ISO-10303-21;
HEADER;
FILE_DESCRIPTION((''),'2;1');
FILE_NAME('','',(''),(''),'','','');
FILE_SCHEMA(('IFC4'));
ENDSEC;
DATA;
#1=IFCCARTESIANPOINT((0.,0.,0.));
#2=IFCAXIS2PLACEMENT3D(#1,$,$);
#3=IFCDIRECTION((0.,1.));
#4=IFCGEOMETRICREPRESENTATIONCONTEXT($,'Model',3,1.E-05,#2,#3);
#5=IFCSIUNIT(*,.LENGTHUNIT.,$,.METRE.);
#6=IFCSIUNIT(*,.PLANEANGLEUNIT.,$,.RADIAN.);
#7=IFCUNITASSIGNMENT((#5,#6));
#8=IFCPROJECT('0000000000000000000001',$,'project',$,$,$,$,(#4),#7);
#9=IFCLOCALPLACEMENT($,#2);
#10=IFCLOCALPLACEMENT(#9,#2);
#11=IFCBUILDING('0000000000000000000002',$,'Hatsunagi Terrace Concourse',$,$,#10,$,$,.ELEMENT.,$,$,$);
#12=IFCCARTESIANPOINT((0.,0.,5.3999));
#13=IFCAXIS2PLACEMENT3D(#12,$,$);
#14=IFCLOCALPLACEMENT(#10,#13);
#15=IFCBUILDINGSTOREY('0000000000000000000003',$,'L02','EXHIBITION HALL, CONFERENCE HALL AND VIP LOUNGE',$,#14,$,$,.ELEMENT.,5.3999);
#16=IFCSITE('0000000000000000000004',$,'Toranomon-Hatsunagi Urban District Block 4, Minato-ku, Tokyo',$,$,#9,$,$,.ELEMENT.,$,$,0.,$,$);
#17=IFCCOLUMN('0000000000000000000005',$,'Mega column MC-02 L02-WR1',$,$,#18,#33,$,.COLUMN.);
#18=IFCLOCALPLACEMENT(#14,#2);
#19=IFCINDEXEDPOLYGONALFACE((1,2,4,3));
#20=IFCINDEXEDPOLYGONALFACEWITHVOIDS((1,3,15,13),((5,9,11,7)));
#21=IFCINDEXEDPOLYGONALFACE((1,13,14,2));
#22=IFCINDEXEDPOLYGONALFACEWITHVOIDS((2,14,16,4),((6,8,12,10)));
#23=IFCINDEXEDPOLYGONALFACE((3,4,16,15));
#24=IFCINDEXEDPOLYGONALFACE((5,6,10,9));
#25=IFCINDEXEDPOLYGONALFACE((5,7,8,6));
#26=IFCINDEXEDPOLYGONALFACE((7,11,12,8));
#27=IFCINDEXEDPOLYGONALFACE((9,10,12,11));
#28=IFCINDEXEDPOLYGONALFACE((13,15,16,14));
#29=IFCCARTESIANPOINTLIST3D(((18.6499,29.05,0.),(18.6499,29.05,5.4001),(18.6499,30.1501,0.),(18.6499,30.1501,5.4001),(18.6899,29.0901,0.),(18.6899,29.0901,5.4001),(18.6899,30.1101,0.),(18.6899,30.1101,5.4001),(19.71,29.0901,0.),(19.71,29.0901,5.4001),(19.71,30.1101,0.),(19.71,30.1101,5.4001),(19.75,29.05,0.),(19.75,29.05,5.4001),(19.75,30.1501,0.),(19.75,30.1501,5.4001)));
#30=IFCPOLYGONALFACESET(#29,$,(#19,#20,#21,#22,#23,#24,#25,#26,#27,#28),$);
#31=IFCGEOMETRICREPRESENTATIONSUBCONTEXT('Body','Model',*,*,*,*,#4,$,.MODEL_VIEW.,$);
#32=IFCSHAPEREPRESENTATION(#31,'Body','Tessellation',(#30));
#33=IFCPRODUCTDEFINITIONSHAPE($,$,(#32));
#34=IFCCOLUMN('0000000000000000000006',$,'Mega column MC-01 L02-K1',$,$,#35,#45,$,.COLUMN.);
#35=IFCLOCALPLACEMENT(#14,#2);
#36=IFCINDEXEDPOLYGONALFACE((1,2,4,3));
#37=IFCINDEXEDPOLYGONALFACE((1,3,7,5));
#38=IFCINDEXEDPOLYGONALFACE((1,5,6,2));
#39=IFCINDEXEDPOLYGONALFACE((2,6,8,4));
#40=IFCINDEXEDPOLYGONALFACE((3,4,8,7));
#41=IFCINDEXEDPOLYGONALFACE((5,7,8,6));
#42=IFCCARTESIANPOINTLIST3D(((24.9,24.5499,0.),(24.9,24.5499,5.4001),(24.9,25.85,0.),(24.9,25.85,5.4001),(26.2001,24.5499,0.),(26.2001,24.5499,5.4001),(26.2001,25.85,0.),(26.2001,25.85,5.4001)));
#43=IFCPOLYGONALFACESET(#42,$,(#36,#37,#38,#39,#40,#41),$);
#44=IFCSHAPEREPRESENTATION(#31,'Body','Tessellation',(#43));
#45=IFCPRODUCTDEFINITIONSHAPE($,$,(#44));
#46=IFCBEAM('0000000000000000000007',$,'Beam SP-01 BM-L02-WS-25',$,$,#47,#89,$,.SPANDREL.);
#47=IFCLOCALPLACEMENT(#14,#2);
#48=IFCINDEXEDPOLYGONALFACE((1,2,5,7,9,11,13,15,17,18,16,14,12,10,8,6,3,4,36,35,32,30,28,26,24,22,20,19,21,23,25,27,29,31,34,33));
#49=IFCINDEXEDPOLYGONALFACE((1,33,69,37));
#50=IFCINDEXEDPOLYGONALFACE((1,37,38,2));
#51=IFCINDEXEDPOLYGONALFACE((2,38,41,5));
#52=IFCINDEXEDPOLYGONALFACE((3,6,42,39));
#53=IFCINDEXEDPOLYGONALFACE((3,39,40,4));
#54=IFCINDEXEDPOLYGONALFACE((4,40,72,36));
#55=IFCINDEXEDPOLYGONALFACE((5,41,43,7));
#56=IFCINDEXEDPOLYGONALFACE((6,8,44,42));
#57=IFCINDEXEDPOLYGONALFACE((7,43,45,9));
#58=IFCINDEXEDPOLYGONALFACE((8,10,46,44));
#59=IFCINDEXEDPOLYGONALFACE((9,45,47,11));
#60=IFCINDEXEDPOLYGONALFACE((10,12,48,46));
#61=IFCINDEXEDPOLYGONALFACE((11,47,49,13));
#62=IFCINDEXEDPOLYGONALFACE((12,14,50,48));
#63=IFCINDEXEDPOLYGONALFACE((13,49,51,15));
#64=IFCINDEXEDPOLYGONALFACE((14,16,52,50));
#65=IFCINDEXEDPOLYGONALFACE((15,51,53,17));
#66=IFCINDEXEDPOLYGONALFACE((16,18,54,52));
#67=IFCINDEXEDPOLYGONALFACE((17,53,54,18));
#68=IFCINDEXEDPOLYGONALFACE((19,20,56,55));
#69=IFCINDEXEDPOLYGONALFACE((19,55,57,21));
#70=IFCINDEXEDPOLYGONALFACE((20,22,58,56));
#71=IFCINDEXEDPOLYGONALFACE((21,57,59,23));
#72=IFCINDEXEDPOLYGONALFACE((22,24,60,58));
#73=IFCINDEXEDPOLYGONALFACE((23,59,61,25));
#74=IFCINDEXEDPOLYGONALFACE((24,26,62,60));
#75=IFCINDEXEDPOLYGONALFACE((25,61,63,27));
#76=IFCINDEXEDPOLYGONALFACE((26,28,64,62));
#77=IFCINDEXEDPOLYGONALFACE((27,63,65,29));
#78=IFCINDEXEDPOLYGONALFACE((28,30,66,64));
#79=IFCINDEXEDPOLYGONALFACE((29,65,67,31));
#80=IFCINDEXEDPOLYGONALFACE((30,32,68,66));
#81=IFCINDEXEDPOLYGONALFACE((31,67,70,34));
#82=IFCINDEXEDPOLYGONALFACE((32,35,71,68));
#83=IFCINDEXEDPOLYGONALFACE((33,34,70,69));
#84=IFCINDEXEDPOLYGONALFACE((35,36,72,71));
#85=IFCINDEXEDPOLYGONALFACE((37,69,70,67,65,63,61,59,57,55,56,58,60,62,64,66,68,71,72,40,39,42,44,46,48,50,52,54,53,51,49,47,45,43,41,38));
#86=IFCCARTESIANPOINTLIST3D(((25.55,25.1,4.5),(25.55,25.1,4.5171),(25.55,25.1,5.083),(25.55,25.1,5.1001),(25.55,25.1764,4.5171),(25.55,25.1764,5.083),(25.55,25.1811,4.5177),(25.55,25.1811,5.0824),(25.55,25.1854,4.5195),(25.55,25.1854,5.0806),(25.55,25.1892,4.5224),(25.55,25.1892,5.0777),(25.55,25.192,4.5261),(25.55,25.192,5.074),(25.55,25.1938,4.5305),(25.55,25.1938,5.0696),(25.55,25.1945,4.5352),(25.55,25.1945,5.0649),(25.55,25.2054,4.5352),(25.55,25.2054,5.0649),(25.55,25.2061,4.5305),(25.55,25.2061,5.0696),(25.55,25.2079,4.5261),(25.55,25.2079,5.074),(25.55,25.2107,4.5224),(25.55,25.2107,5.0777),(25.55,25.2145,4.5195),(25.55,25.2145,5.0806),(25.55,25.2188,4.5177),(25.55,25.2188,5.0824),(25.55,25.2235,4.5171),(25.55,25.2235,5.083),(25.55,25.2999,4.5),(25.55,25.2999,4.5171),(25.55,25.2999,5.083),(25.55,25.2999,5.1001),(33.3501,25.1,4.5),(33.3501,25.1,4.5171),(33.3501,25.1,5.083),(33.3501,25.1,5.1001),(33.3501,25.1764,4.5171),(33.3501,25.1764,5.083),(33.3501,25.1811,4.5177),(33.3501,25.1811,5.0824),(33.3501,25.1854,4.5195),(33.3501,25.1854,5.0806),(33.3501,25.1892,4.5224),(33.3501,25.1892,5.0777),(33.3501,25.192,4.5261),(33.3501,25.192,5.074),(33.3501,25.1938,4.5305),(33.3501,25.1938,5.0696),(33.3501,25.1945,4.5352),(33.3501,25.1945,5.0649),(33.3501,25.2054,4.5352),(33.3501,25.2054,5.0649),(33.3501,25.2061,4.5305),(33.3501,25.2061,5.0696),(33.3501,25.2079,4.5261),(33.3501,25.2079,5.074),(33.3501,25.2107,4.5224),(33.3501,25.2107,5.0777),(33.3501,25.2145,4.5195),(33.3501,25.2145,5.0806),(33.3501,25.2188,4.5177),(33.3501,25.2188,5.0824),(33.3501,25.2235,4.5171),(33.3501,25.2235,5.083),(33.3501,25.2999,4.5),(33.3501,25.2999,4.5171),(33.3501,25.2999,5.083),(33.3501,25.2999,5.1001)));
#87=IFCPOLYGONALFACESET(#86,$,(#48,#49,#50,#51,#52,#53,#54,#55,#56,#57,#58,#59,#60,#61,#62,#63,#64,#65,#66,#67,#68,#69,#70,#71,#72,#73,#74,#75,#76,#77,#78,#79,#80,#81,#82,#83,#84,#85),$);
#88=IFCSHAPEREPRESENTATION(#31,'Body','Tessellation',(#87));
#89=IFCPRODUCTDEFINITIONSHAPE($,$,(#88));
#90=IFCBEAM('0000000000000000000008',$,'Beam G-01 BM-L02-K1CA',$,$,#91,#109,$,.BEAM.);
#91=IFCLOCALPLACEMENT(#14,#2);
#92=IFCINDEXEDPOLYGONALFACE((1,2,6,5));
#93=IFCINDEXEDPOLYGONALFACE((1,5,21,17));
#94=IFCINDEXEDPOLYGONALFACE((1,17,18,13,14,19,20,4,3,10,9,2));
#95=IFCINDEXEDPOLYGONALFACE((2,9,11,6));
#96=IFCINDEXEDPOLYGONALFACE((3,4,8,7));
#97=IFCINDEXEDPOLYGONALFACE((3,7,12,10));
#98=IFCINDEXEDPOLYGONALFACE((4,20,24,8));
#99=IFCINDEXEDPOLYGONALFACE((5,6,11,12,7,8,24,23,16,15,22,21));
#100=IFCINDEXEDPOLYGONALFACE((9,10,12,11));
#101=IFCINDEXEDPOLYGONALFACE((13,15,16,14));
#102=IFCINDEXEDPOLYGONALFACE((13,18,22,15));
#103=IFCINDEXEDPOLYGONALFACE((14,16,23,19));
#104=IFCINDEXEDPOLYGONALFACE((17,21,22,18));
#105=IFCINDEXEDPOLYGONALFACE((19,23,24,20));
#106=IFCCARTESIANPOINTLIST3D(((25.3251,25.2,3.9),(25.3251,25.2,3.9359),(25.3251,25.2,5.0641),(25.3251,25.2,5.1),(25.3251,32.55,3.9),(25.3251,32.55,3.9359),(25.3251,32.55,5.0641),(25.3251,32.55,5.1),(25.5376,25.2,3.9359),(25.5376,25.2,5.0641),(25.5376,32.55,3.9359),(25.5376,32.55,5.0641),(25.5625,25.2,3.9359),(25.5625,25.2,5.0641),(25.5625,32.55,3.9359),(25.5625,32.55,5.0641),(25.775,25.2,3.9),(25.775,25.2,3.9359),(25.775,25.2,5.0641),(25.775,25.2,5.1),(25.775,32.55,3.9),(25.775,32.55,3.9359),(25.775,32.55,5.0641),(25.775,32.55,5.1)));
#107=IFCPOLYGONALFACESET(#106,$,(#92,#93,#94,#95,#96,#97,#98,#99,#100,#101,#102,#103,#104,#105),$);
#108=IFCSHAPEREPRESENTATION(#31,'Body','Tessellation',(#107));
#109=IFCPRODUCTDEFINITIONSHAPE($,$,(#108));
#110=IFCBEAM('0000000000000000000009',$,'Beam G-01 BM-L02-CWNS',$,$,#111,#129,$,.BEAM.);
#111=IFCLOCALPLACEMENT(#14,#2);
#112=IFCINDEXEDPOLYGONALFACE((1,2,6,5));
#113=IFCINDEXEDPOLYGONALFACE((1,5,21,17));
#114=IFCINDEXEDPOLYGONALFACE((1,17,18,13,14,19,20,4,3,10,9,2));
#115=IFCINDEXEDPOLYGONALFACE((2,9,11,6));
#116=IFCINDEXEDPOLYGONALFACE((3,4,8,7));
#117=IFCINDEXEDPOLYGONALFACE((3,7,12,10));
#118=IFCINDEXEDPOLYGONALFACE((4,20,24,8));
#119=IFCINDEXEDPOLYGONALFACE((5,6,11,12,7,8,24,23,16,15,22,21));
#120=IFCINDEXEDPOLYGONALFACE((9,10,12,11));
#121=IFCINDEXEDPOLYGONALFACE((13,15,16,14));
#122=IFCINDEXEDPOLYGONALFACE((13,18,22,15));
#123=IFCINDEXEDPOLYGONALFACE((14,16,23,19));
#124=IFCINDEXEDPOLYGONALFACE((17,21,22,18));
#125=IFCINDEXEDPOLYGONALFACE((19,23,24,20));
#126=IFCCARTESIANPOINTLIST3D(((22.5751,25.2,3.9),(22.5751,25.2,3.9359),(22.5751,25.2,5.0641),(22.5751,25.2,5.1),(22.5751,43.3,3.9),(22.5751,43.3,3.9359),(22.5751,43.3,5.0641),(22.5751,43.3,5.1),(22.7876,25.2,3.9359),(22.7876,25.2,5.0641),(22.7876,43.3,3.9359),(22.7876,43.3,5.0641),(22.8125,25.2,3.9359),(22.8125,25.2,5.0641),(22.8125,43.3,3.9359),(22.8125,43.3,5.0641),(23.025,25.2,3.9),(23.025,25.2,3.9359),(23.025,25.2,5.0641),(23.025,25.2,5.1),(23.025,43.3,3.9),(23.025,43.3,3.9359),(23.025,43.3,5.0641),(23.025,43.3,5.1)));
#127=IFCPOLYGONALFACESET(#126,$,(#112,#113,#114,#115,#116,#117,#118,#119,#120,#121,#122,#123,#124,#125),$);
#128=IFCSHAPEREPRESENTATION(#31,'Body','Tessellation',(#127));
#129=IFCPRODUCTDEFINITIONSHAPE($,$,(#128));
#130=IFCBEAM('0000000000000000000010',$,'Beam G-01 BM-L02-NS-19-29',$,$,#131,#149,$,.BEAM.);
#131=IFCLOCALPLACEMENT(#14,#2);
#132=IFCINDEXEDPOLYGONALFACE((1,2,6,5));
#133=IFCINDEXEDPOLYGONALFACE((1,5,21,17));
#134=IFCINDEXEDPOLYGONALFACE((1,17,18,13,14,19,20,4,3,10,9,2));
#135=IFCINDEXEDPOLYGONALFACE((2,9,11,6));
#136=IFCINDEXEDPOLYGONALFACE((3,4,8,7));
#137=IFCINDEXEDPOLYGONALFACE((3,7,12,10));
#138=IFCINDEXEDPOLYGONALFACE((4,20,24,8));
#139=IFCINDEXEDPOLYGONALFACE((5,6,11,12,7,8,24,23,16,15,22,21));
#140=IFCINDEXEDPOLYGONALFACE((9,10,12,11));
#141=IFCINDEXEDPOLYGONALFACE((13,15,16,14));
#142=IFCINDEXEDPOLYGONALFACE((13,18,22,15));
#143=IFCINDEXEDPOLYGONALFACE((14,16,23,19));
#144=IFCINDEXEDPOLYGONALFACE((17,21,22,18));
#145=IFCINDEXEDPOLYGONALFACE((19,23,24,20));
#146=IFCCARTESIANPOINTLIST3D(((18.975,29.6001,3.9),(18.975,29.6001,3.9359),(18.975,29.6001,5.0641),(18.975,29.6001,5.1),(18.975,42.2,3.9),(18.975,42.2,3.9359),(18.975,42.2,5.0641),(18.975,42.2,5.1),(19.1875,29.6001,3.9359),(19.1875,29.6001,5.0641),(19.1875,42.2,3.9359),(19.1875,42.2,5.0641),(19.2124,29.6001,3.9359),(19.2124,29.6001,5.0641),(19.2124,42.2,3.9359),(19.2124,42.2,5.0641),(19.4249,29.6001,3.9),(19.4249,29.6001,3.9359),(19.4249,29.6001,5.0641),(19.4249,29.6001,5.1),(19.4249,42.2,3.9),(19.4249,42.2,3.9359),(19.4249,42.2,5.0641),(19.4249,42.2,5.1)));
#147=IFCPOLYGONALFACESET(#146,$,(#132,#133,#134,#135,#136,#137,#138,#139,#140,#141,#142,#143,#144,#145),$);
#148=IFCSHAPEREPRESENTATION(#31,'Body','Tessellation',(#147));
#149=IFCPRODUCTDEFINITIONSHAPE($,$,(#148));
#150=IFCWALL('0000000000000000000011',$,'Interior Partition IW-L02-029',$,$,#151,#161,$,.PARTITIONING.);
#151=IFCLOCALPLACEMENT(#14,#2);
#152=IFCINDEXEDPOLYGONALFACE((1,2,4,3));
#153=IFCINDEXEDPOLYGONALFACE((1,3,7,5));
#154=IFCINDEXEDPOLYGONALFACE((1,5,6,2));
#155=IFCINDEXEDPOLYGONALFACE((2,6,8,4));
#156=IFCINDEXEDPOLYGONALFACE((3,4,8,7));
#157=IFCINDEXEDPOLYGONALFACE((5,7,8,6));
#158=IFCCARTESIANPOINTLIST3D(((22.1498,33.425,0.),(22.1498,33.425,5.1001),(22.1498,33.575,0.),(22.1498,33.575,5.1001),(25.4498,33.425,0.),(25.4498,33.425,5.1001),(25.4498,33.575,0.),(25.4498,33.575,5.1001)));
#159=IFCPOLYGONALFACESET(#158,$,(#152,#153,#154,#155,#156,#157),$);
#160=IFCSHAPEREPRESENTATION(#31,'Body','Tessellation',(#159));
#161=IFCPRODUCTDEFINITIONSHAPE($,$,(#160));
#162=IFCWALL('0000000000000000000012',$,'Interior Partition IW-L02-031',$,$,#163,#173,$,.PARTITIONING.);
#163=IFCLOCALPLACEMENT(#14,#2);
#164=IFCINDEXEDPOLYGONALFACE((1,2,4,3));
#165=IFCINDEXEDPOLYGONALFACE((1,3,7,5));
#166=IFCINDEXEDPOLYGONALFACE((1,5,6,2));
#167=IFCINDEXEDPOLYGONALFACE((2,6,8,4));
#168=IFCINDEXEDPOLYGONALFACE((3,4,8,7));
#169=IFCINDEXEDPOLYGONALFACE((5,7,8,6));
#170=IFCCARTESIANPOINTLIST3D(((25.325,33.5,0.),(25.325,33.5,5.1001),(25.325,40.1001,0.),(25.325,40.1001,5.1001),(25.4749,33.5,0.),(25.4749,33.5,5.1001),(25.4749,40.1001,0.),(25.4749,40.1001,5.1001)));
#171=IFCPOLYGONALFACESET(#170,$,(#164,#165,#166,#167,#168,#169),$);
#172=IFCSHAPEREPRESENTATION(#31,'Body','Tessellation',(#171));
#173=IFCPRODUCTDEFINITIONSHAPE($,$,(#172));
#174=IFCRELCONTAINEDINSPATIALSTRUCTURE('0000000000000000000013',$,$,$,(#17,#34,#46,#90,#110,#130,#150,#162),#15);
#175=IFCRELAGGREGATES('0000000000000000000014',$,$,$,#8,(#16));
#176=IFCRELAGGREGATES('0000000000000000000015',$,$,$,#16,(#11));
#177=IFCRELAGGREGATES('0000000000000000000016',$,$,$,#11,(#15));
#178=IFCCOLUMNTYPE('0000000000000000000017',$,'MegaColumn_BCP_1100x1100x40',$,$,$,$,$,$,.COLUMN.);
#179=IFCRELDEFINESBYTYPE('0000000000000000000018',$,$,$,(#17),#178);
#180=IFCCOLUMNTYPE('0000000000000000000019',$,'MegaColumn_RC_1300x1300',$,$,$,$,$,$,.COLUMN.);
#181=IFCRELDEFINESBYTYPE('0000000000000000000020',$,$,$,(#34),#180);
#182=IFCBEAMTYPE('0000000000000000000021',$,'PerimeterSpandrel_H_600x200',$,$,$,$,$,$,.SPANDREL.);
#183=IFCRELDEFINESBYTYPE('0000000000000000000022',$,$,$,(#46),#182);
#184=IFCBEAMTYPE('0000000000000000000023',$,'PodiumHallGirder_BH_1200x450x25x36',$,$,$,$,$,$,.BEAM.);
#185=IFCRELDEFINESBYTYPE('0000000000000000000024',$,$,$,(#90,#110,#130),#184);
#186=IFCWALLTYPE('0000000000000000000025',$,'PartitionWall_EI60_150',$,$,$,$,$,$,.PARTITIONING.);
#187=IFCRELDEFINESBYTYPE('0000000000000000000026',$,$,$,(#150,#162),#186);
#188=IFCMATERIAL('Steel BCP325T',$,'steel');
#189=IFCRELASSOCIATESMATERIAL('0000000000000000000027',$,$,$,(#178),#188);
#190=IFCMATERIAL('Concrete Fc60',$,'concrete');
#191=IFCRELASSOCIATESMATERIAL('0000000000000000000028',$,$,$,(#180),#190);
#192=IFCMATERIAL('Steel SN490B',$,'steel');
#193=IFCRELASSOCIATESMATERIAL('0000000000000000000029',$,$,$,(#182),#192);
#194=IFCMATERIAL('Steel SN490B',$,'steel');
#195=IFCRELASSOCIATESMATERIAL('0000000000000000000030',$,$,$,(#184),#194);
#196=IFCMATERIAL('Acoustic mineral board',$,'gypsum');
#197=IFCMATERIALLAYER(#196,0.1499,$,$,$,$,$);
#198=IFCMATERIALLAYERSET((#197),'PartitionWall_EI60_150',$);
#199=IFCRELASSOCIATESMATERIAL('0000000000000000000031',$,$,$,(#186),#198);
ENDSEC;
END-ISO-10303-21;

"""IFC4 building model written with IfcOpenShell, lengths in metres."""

from ifc_helpers import new_model, si_unit, direction, frame, frame_2d, origin, origin_2d, place, context, subcontext, project, spatial, rectangle, hollow_rectangle, i_section, extrude, material, layer, layer_set, material_profile, profile_set, type_object, element, save


model = new_model("IFC4")

# Units and contexts
model_context = context("Model", 3, precision=1e-05, world=origin(), true_north=direction((0.0, 1.0)))
body_context = subcontext(model_context, "Body", "Model", "MODEL_VIEW")
ifc_project = project(units=[si_unit("LENGTHUNIT", "METRE"), si_unit("PLANEANGLEUNIT", "RADIAN")], contexts=[model_context])

# Site, building, storey
site_placement = place(None, origin())
site = spatial("IfcSite", under=ifc_project, at=site_placement, Name="Toranomon-Hatsunagi Urban District Block 4, Minato-ku, Tokyo", CompositionType="ELEMENT", RefElevation=0.0)
building_placement = place(site_placement, origin())
building = spatial("IfcBuilding", under=site, at=building_placement, Name="Hatsunagi Terrace Concourse", CompositionType="ELEMENT")
storey_placement = place(building_placement, frame((0.0, 0.0, 5.3999)))
storey = spatial("IfcBuildingStorey", under=building, at=storey_placement, Name="L02", Description="EXHIBITION HALL, CONFERENCE HALL AND VIP LOUNGE", CompositionType="ELEMENT", Elevation=5.3999)

# Columns
ifc_material_1 = material(Name="Steel BCP325T", Category="steel")
ifc_material_profile_1 = material_profile(ifc_material_1, hollow_rectangle(XDim=1.1001, YDim=1.1001, WallThickness=0.04, at=origin_2d()), Name="BCP-1100x1100x40")
ifc_profile_set_1 = profile_set([ifc_material_profile_1], Name="Steel BCP325T")
column_type_1 = type_object("IfcColumnType", Name="MegaColumn_BCP_1100x1100x40", PredefinedType="COLUMN", material=ifc_profile_set_1)
column_1_placement = place(storey_placement, frame((19.2, 29.6001, 0.0), z_axis=(0.0, 0.0, 1.0), x_axis=(1.0, 0.0, 0.0)))
element("IfcColumn", 1, at=column_1_placement, inside=storey, type_object=column_type_1, Name="Mega column MC-02 L02-WR1", PredefinedType="COLUMN", context=body_context, shape_type="SweptSolid", body=[
    extrude(hollow_rectangle(XDim=1.1001, YDim=1.1001, WallThickness=0.04, at=origin_2d()), origin(), (0.0, 0.0, 1.0), 5.4001),
])
ifc_material_2 = material(Name="Concrete Fc60", Category="concrete")
ifc_material_profile_2 = material_profile(ifc_material_2, rectangle(XDim=1.3, YDim=1.3, at=origin_2d()), Name="RC-1300x1300")
ifc_profile_set_2 = profile_set([ifc_material_profile_2], Name="Concrete Fc60")
column_type_2 = type_object("IfcColumnType", Name="MegaColumn_RC_1300x1300", PredefinedType="COLUMN", material=ifc_profile_set_2)
column_2_placement = place(storey_placement, frame((25.55, 25.2, 0.0), z_axis=(0.0, 0.0, 1.0), x_axis=(1.0, 0.0, 0.0)))
element("IfcColumn", 2, at=column_2_placement, inside=storey, type_object=column_type_2, Name="Mega column MC-01 L02-K1", PredefinedType="COLUMN", context=body_context, shape_type="SweptSolid", body=[
    extrude(rectangle(XDim=1.3, YDim=1.3, at=origin_2d()), origin(), (0.0, 0.0, 1.0), 5.4001),
])

# Beams
ifc_material_3 = material(Name="Steel SN490B", Category="steel")
ifc_material_profile_3 = material_profile(ifc_material_3, i_section(OverallWidth=0.2, OverallDepth=0.6001, WebThickness=0.011, FlangeThickness=0.0171, FilletRadius=0.0181, at=origin_2d()), Name="H-600x200x11x17")
ifc_profile_set_3 = profile_set([ifc_material_profile_3], Name="Steel SN490B")
beam_type_1 = type_object("IfcBeamType", Name="PerimeterSpandrel_H_600x200", PredefinedType="SPANDREL", material=ifc_profile_set_3)
beam_1_placement = place(storey_placement, frame((25.55, 25.2, 4.8), z_axis=(1.0, 0.0, 0.0), x_axis=(0.0, 1.0, 0.0)))
element("IfcBeam", 3, at=beam_1_placement, inside=storey, type_object=beam_type_1, Name="Beam SP-01 BM-L02-WS-25", PredefinedType="SPANDREL", context=body_context, shape_type="SweptSolid", body=[
    extrude(i_section(OverallWidth=0.2, OverallDepth=0.6001, WebThickness=0.011, FlangeThickness=0.0171, FilletRadius=0.0181, at=origin_2d()), origin(), (0.0, 0.0, 1.0), 7.8),
])
ifc_material_4 = material(Name="Steel SN490B", Category="steel")
ifc_material_profile_4 = material_profile(ifc_material_4, i_section(OverallWidth=0.45, OverallDepth=1.2, WebThickness=0.0249, FlangeThickness=0.0359, at=origin_2d()), Name="BH-1200x450x25x36")
ifc_profile_set_4 = profile_set([ifc_material_profile_4], Name="Steel SN490B")
beam_type_2 = type_object("IfcBeamType", Name="PodiumHallGirder_BH_1200x450x25x36", PredefinedType="BEAM", material=ifc_profile_set_4)
beam_2_placement = place(storey_placement, frame((25.55, 25.2, 4.5), z_axis=(0.0, 1.0, 0.0), x_axis=(-1.0, 0.0, 0.0)))
element("IfcBeam", 4, at=beam_2_placement, inside=storey, type_object=beam_type_2, Name="Beam G-01 BM-L02-K1CA", PredefinedType="BEAM", context=body_context, shape_type="SweptSolid", body=[
    extrude(i_section(OverallWidth=0.45, OverallDepth=1.2, WebThickness=0.0249, FlangeThickness=0.0359, at=origin_2d()), origin(), (0.0, 0.0, 1.0), 7.3501),
])
beam_3_placement = place(storey_placement, frame((22.8, 25.2, 4.5), z_axis=(0.0, 1.0, 0.0), x_axis=(-1.0, 0.0, 0.0)))
element("IfcBeam", 5, at=beam_3_placement, inside=storey, type_object=beam_type_2, Name="Beam G-01 BM-L02-CWNS", PredefinedType="BEAM", context=body_context, shape_type="SweptSolid", body=[
    extrude(i_section(OverallWidth=0.45, OverallDepth=1.2, WebThickness=0.0249, FlangeThickness=0.0359, at=origin_2d()), origin(), (0.0, 0.0, 1.0), 18.1001),
])
beam_4_placement = place(storey_placement, frame((19.2, 29.6001, 4.5), z_axis=(0.0, 1.0, 0.0), x_axis=(-1.0, 0.0, 0.0)))
element("IfcBeam", 6, at=beam_4_placement, inside=storey, type_object=beam_type_2, Name="Beam G-01 BM-L02-NS-19-29", PredefinedType="BEAM", context=body_context, shape_type="SweptSolid", body=[
    extrude(i_section(OverallWidth=0.45, OverallDepth=1.2, WebThickness=0.0249, FlangeThickness=0.0359, at=origin_2d()), origin(), (0.0, 0.0, 1.0), 12.5999),
])

# Walls
ifc_material_5 = material(Name="Acoustic mineral board", Category="gypsum")
ifc_layer_1 = layer(ifc_material_5, 0.1499)
ifc_layer_set_1 = layer_set([ifc_layer_1], Name="PartitionWall_EI60_150")
wall_type_1 = type_object("IfcWallType", Name="PartitionWall_EI60_150", PredefinedType="PARTITIONING", material=ifc_layer_set_1)
wall_1_placement = place(storey_placement, frame((22.1499, 33.5, 0.0), z_axis=(0.0, 0.0, 1.0), x_axis=(1.0, 0.0, 0.0)))
element("IfcWall", 7, at=wall_1_placement, inside=storey, type_object=wall_type_1, Name="Interior Partition IW-L02-029", PredefinedType="PARTITIONING", context=body_context, shape_type="SweptSolid", body=[
    extrude(rectangle(XDim=3.3, YDim=0.1499, at=frame_2d((1.6499, 0.0))), origin(), (0.0, 0.0, 1.0), 5.1001),
])
wall_2_placement = place(storey_placement, frame((25.3999, 33.5, 0.0), z_axis=(0.0, 0.0, 1.0), x_axis=(0.0, 1.0, 0.0)))
element("IfcWall", 8, at=wall_2_placement, inside=storey, type_object=wall_type_1, Name="Interior Partition IW-L02-031", PredefinedType="PARTITIONING", context=body_context, shape_type="SweptSolid", body=[
    extrude(rectangle(XDim=6.6001, YDim=0.1499, at=frame_2d((3.3, 0.0))), origin(), (0.0, 0.0, 1.0), 5.1001),
])

save(model, "model.ifc")
